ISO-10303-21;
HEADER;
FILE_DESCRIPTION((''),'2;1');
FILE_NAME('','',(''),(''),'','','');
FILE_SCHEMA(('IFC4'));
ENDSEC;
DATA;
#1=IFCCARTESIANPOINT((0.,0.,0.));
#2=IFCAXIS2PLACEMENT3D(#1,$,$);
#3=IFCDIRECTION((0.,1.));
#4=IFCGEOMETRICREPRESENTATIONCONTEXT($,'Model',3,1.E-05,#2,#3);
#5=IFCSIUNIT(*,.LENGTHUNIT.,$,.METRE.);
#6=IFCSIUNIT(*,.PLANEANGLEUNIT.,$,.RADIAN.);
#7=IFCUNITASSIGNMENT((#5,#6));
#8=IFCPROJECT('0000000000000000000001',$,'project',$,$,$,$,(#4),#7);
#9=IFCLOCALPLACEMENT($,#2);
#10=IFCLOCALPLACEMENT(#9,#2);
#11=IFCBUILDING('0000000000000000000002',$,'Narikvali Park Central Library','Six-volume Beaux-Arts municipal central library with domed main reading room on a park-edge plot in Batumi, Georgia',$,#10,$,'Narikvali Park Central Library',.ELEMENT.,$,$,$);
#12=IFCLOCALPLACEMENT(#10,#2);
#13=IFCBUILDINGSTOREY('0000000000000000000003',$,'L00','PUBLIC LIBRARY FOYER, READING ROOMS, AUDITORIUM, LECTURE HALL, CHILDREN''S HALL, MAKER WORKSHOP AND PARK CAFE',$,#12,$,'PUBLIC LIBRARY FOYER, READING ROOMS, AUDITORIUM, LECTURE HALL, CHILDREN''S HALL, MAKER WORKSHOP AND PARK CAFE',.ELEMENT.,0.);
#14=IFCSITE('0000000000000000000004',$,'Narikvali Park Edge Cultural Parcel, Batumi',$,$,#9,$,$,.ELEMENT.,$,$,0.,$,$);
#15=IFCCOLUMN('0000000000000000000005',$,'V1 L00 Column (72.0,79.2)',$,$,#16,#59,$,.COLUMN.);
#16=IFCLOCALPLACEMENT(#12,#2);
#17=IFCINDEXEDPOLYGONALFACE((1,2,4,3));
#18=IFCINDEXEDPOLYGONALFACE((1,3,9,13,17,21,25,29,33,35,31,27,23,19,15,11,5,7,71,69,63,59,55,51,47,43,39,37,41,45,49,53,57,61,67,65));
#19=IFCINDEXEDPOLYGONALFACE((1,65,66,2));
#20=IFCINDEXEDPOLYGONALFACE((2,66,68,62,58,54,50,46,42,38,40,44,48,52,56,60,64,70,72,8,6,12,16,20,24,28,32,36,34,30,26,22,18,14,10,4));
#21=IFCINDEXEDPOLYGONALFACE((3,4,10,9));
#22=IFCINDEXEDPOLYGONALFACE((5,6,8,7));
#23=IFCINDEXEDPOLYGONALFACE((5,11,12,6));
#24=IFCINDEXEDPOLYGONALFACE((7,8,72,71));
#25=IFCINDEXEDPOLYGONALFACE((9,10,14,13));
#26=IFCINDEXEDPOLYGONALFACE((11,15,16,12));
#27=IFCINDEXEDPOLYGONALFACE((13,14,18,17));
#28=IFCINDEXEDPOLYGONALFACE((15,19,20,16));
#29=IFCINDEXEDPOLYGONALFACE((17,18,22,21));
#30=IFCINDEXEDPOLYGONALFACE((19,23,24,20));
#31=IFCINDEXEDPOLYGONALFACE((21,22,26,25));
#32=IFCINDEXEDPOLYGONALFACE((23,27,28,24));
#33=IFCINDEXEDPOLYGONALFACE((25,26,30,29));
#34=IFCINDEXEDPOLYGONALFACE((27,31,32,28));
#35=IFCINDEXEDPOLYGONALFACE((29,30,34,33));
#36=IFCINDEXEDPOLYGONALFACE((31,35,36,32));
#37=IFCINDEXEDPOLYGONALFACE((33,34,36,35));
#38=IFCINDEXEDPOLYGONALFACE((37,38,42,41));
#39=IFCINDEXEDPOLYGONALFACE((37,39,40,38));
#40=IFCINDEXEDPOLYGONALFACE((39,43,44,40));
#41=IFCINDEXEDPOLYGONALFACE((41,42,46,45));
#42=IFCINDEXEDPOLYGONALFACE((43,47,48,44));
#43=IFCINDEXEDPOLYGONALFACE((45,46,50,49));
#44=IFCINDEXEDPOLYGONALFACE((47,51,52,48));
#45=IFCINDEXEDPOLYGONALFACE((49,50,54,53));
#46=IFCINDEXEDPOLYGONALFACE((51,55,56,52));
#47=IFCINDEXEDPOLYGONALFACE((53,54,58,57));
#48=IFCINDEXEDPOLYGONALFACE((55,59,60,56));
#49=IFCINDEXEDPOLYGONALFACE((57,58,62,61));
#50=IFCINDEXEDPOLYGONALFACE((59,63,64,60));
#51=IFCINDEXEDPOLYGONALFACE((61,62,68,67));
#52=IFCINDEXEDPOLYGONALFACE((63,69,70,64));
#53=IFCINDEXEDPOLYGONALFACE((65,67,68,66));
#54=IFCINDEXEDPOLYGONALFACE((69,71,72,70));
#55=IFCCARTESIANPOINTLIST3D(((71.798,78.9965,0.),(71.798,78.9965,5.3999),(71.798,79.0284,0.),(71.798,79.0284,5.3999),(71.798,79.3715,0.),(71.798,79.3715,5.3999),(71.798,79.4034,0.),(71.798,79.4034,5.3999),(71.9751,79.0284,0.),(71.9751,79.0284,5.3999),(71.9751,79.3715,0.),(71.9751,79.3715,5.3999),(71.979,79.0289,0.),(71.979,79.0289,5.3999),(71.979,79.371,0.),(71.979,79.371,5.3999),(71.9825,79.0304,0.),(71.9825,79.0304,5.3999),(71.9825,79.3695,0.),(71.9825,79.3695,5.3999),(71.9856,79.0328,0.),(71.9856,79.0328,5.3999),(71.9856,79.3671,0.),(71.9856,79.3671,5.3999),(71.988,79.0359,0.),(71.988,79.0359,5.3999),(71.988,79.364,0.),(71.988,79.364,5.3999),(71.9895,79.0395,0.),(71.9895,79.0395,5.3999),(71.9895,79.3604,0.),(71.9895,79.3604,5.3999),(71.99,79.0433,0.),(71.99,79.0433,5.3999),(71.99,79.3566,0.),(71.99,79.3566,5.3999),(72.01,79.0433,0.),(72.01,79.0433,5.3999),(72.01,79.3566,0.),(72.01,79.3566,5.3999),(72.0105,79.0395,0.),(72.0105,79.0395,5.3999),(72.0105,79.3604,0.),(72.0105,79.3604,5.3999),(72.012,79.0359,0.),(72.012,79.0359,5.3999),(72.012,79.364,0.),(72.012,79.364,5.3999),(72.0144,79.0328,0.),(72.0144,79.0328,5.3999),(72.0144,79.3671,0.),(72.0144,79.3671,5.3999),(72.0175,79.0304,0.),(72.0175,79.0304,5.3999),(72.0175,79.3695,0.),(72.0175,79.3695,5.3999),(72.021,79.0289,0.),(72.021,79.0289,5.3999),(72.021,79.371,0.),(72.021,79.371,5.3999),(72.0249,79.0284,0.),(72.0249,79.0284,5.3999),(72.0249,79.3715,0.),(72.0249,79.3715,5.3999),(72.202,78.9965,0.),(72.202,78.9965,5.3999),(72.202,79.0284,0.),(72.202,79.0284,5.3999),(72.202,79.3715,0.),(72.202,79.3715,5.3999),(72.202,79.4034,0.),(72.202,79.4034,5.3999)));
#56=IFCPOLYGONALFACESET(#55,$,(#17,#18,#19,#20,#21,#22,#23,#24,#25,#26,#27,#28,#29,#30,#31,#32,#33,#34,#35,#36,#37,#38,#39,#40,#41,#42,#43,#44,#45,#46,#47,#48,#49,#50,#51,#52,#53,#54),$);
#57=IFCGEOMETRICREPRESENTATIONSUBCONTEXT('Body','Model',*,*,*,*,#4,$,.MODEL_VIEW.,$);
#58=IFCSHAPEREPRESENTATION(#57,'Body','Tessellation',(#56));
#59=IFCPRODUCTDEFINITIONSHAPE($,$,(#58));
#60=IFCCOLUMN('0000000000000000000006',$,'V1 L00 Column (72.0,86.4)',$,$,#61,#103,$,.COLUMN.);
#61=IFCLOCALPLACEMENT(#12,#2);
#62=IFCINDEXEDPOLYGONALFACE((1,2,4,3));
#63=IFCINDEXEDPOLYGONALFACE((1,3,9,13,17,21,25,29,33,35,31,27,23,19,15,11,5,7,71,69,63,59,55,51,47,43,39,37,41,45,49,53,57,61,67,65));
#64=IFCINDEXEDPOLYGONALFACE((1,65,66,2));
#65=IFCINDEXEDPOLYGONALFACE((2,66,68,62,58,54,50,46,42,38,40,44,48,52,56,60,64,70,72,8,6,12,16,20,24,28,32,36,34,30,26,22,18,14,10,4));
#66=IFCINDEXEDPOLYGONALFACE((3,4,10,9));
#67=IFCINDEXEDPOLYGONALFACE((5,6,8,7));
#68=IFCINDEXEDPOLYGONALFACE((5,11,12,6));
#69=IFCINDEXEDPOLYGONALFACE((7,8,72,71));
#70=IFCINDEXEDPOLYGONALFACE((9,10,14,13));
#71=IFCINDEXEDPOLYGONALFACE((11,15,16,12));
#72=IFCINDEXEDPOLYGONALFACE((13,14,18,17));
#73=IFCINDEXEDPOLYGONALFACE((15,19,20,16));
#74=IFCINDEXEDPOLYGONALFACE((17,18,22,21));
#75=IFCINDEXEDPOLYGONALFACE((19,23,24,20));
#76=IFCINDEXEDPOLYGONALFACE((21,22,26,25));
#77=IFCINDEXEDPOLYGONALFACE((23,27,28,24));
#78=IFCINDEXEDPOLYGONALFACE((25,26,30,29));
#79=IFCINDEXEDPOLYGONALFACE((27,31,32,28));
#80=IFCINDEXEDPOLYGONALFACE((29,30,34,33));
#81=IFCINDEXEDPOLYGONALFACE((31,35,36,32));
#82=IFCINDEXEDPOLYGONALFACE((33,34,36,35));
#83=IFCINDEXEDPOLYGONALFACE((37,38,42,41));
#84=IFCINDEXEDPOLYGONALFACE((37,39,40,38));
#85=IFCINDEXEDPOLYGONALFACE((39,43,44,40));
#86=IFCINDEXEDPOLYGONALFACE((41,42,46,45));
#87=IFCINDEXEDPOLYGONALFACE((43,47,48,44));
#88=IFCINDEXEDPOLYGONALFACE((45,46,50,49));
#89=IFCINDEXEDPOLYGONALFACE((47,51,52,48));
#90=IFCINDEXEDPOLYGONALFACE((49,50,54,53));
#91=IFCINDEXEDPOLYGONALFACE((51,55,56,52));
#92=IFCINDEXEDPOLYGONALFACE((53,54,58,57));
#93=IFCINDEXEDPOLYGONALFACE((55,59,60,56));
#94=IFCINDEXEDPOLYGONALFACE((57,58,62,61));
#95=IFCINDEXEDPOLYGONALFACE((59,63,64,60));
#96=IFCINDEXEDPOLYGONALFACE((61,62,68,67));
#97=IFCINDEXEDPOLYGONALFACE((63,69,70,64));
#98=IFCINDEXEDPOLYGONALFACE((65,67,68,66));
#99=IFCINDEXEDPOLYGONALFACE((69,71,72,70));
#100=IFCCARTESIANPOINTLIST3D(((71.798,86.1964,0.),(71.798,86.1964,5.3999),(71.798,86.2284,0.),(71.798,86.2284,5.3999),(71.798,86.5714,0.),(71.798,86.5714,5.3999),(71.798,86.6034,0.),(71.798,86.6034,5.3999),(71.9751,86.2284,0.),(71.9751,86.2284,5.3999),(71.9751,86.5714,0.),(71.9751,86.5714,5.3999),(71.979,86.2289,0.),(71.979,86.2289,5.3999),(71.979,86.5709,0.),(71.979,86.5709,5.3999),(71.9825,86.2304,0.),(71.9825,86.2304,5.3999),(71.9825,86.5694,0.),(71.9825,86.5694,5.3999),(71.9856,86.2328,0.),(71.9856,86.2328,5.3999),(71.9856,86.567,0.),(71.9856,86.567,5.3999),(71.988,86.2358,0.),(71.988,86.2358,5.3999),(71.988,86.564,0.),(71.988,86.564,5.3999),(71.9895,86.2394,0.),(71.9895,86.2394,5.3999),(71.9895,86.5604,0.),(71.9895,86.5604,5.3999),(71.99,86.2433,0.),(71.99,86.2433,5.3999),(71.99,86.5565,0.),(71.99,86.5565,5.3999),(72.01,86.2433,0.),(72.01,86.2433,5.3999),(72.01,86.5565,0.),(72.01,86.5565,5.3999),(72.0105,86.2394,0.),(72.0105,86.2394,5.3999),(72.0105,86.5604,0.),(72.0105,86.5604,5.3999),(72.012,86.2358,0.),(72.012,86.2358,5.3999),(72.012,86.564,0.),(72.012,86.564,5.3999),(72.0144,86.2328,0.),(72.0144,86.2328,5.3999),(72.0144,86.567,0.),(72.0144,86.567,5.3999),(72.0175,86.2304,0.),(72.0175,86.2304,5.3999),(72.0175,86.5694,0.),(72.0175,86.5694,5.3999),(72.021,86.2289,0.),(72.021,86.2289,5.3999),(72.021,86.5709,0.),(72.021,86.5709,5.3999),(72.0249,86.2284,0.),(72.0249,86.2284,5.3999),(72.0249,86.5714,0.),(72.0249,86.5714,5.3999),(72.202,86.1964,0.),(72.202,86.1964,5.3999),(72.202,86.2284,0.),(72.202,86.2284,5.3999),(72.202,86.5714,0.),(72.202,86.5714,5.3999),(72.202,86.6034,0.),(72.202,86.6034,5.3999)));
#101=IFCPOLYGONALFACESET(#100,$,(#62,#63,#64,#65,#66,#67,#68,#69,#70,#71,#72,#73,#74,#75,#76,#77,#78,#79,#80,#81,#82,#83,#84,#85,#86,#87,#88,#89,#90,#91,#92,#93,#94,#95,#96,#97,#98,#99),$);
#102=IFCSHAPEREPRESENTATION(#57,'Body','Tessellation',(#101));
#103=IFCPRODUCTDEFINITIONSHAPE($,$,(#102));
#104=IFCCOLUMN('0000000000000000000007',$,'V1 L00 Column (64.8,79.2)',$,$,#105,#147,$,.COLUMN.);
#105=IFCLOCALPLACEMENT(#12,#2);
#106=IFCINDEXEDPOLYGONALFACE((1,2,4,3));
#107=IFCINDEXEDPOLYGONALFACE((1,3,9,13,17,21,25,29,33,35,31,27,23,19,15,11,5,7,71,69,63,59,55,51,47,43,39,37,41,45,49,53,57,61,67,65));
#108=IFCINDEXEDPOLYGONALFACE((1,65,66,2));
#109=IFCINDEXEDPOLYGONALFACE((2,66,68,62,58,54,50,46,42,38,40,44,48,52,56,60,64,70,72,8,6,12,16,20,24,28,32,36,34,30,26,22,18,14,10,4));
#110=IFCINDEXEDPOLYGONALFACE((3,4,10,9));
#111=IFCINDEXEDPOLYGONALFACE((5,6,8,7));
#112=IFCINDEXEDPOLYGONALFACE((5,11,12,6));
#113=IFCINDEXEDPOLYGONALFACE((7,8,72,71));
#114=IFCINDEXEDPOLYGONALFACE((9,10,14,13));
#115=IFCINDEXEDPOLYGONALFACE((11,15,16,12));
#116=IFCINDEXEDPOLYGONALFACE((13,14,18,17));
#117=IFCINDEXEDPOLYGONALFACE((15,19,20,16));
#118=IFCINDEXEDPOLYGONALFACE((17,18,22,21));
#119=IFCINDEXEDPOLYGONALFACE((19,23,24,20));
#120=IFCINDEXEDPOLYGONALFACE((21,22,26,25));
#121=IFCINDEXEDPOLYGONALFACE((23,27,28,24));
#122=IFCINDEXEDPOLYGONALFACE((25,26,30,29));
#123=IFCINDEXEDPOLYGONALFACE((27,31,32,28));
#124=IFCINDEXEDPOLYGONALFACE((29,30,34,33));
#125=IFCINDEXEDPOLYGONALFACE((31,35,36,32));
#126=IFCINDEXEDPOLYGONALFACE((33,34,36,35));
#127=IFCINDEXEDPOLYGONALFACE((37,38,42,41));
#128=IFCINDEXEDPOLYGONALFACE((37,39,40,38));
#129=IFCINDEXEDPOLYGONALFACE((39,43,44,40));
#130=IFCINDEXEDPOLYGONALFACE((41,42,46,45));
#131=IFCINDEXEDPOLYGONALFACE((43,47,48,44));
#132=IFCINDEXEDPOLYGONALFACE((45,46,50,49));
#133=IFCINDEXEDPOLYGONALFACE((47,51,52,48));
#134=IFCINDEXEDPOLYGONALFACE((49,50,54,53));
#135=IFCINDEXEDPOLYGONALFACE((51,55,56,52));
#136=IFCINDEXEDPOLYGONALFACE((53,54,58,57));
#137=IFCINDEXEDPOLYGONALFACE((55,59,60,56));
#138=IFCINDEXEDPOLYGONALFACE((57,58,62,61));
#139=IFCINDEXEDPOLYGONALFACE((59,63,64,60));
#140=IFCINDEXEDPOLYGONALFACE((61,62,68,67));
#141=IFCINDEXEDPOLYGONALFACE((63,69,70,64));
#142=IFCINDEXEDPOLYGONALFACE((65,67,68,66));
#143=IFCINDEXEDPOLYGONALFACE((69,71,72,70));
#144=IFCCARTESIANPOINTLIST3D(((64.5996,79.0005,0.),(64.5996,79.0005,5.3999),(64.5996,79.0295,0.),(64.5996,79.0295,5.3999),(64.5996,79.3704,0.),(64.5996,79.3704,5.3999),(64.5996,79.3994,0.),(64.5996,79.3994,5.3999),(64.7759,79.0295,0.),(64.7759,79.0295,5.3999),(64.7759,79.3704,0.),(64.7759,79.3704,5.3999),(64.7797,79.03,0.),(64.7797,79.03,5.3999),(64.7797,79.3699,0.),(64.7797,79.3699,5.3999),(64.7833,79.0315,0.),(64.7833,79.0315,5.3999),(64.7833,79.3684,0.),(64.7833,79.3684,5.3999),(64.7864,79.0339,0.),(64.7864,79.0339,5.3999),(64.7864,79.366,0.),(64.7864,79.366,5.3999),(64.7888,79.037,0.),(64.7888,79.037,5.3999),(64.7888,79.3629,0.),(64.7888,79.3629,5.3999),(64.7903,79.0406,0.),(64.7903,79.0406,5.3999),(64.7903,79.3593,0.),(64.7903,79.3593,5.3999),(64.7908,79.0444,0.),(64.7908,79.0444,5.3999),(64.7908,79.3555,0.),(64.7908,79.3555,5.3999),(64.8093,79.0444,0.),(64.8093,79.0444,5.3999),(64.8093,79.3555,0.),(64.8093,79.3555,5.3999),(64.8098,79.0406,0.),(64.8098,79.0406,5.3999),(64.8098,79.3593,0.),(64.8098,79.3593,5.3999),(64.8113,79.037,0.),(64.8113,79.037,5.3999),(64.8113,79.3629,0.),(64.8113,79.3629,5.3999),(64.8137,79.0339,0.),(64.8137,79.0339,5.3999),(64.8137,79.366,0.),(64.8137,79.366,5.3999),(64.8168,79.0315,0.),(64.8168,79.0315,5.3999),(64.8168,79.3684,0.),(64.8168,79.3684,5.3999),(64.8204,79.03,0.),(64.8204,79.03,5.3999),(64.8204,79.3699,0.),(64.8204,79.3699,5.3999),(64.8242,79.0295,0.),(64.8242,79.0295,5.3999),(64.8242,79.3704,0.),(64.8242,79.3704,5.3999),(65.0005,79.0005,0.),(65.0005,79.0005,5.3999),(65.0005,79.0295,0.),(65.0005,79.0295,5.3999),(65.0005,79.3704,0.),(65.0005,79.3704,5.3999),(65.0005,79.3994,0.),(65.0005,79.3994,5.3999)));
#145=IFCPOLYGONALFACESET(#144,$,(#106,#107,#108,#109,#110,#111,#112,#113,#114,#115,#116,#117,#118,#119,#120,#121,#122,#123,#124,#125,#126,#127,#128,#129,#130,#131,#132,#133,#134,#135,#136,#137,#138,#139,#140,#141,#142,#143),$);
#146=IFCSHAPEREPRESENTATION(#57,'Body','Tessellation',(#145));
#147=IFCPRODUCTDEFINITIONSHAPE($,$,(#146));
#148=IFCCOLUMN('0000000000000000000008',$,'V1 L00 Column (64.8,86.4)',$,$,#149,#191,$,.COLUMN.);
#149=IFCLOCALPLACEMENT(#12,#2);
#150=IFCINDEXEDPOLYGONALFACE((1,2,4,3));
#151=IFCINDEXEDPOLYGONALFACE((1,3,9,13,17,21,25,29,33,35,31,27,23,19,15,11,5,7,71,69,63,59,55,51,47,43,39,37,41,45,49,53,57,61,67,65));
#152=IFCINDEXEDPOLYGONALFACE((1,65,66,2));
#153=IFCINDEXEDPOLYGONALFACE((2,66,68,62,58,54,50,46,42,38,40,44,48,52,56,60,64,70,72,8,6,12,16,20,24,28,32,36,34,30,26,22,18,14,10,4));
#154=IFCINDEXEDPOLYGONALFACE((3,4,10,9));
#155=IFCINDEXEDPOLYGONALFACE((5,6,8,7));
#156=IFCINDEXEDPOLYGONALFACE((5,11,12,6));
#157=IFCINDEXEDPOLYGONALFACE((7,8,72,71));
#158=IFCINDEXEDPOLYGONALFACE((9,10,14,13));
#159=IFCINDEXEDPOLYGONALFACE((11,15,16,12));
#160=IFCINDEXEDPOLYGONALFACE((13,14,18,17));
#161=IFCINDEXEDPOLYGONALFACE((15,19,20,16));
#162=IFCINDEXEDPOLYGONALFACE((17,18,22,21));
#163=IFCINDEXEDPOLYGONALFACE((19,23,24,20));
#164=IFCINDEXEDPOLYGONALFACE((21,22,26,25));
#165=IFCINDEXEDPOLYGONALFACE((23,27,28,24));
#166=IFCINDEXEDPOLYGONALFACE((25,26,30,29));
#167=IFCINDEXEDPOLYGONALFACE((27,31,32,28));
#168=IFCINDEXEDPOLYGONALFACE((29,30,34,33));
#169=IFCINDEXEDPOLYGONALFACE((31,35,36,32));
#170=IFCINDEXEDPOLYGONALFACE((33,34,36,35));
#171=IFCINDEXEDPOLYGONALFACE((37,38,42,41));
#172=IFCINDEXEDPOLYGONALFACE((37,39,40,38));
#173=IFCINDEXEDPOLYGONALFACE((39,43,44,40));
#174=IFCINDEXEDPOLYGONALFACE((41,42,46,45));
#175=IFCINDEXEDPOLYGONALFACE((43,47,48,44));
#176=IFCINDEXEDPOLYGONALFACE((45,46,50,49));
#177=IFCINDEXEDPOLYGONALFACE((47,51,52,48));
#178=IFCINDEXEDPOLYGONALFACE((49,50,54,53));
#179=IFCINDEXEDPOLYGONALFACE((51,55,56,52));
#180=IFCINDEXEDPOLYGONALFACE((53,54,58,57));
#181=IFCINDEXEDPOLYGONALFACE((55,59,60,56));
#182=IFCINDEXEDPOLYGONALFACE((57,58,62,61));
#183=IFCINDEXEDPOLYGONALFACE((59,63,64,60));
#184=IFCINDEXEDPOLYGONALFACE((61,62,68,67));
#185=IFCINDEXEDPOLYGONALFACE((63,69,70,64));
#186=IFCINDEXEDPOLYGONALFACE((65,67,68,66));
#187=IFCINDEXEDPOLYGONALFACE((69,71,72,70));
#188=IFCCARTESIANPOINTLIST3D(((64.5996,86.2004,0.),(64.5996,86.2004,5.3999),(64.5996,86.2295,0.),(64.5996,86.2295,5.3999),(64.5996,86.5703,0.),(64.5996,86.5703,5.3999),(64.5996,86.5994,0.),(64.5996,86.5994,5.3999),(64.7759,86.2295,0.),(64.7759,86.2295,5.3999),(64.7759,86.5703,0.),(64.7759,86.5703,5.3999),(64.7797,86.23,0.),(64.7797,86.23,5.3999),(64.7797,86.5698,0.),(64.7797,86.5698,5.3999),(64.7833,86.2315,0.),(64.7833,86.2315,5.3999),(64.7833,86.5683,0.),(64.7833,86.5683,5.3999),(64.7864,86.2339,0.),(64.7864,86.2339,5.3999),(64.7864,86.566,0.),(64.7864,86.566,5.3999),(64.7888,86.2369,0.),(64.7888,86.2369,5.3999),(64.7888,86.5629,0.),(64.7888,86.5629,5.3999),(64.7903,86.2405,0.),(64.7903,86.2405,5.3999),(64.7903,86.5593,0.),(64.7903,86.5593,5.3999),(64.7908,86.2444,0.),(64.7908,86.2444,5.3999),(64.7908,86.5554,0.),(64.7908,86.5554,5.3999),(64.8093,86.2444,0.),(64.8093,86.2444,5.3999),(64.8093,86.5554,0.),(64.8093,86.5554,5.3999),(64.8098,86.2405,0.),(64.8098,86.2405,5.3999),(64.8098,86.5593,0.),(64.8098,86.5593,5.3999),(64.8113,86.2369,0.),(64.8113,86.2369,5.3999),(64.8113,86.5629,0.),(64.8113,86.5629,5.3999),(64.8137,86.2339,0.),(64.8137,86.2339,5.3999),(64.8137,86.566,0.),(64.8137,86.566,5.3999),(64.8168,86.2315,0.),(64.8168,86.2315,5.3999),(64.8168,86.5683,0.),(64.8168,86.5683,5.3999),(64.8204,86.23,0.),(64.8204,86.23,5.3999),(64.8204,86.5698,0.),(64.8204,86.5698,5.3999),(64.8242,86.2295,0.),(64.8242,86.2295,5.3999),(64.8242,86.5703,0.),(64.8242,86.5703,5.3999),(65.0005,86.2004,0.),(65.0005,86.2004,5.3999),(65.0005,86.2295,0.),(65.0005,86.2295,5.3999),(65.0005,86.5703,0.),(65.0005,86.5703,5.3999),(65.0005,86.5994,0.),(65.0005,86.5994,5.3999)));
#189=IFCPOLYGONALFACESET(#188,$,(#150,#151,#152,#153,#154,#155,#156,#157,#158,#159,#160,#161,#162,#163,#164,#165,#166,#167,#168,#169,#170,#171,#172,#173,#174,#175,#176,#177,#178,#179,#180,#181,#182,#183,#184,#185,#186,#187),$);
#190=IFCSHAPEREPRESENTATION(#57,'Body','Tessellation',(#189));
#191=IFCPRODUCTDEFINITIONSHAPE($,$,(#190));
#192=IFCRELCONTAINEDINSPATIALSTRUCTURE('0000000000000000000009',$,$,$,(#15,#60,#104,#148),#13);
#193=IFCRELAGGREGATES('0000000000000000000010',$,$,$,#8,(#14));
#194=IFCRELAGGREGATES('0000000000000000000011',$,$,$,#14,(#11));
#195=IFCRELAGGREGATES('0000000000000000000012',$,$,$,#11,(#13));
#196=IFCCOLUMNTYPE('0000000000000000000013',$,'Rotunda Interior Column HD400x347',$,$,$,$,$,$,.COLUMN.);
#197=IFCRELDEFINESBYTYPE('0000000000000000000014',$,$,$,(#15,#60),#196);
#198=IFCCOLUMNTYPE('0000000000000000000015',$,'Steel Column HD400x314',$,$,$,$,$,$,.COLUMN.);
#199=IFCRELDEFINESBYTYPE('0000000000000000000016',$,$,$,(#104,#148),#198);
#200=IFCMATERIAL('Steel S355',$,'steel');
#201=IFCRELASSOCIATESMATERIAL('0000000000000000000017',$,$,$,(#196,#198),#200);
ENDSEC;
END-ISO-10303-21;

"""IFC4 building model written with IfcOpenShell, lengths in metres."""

from ifc_helpers import new_model, si_unit, direction, frame, origin, origin_2d, place, context, subcontext, project, spatial, i_section, extrude, material, material_profile, profile_set, type_object, element, save


model = new_model("IFC4")

# Units and contexts
model_context = context("Model", 3, precision=1e-05, world=origin(), true_north=direction((0.0, 1.0)))
body_context = subcontext(model_context, "Body", "Model", "MODEL_VIEW")
ifc_project = project(units=[si_unit("LENGTHUNIT", "METRE"), si_unit("PLANEANGLEUNIT", "RADIAN")], contexts=[model_context])

# Site, building, storey
site_placement = place(None, origin())
site = spatial("IfcSite", under=ifc_project, at=site_placement, Name="Narikvali Park Edge Cultural Parcel, Batumi", CompositionType="ELEMENT", RefElevation=0.0)
building_placement = place(site_placement, origin())
building = spatial("IfcBuilding", under=site, at=building_placement, Name="Narikvali Park Central Library", Description="Six-volume Beaux-Arts municipal central library with domed main reading room on a park-edge plot in Batumi, Georgia", LongName="Narikvali Park Central Library", CompositionType="ELEMENT")
storey_placement = place(building_placement, origin())
storey = spatial("IfcBuildingStorey", under=building, at=storey_placement, Name="L00", Description="PUBLIC LIBRARY FOYER, READING ROOMS, AUDITORIUM, LECTURE HALL, CHILDREN'S HALL, MAKER WORKSHOP AND PARK CAFE", LongName="PUBLIC LIBRARY FOYER, READING ROOMS, AUDITORIUM, LECTURE HALL, CHILDREN'S HALL, MAKER WORKSHOP AND PARK CAFE", CompositionType="ELEMENT", Elevation=0.0)

# Columns
ifc_material_1 = material(Name="Steel S355", Category="steel")
ifc_material_profile_1 = material_profile(ifc_material_1, i_section(OverallWidth=0.4041, OverallDepth=0.407, WebThickness=0.02, FlangeThickness=0.032, FilletRadius=0.0149, at=origin_2d()), Name="HD 400x347")
ifc_profile_set_1 = profile_set([ifc_material_profile_1], Name="Steel S355")
column_type_1 = type_object("IfcColumnType", Name="Rotunda Interior Column HD400x347", PredefinedType="COLUMN", material=ifc_profile_set_1)
for number, where, z_axis, x_axis, name in (
    (1, (72.0, 79.2, 0.0), (0.0, 0.0, 1.0), (1.0, 0.0, 0.0), "V1 L00 Column (72.0,79.2)"),
    (2, (72.0, 86.3999, 0.0), (0.0, 0.0, 1.0), (1.0, 0.0, 0.0), "V1 L00 Column (72.0,86.4)"),
):
    element("IfcColumn", number, at=place(storey_placement, frame(where, z_axis=z_axis, x_axis=x_axis)), inside=storey, type_object=column_type_1, Name=name, PredefinedType="COLUMN", context=body_context, shape_type="SweptSolid", body=[
        extrude(i_section(OverallWidth=0.4041, OverallDepth=0.407, WebThickness=0.02, FlangeThickness=0.032, FilletRadius=0.0149, at=origin_2d()), origin(), (0.0, 0.0, 1.0), 5.3999),
    ])
ifc_material_profile_2 = material_profile(ifc_material_1, i_section(OverallWidth=0.4009, OverallDepth=0.3989, WebThickness=0.0186, FlangeThickness=0.0291, FilletRadius=0.0149, at=origin_2d()), Name="HD 400x314")
ifc_profile_set_2 = profile_set([ifc_material_profile_2], Name="Steel S355")
column_type_2 = type_object("IfcColumnType", Name="Steel Column HD400x314", PredefinedType="COLUMN", material=ifc_profile_set_2)
for number, where, z_axis, x_axis, name in (
    (3, (64.8, 79.2, 0.0), (0.0, 0.0, 1.0), (1.0, 0.0, 0.0), "V1 L00 Column (64.8,79.2)"),
    (4, (64.8, 86.3999, 0.0), (0.0, 0.0, 1.0), (1.0, 0.0, 0.0), "V1 L00 Column (64.8,86.4)"),
):
    element("IfcColumn", number, at=place(storey_placement, frame(where, z_axis=z_axis, x_axis=x_axis)), inside=storey, type_object=column_type_2, Name=name, PredefinedType="COLUMN", context=body_context, shape_type="SweptSolid", body=[
        extrude(i_section(OverallWidth=0.4009, OverallDepth=0.3989, WebThickness=0.0186, FlangeThickness=0.0291, FilletRadius=0.0149, at=origin_2d()), origin(), (0.0, 0.0, 1.0), 5.3999),
    ])

save(model, "model.ifc")
